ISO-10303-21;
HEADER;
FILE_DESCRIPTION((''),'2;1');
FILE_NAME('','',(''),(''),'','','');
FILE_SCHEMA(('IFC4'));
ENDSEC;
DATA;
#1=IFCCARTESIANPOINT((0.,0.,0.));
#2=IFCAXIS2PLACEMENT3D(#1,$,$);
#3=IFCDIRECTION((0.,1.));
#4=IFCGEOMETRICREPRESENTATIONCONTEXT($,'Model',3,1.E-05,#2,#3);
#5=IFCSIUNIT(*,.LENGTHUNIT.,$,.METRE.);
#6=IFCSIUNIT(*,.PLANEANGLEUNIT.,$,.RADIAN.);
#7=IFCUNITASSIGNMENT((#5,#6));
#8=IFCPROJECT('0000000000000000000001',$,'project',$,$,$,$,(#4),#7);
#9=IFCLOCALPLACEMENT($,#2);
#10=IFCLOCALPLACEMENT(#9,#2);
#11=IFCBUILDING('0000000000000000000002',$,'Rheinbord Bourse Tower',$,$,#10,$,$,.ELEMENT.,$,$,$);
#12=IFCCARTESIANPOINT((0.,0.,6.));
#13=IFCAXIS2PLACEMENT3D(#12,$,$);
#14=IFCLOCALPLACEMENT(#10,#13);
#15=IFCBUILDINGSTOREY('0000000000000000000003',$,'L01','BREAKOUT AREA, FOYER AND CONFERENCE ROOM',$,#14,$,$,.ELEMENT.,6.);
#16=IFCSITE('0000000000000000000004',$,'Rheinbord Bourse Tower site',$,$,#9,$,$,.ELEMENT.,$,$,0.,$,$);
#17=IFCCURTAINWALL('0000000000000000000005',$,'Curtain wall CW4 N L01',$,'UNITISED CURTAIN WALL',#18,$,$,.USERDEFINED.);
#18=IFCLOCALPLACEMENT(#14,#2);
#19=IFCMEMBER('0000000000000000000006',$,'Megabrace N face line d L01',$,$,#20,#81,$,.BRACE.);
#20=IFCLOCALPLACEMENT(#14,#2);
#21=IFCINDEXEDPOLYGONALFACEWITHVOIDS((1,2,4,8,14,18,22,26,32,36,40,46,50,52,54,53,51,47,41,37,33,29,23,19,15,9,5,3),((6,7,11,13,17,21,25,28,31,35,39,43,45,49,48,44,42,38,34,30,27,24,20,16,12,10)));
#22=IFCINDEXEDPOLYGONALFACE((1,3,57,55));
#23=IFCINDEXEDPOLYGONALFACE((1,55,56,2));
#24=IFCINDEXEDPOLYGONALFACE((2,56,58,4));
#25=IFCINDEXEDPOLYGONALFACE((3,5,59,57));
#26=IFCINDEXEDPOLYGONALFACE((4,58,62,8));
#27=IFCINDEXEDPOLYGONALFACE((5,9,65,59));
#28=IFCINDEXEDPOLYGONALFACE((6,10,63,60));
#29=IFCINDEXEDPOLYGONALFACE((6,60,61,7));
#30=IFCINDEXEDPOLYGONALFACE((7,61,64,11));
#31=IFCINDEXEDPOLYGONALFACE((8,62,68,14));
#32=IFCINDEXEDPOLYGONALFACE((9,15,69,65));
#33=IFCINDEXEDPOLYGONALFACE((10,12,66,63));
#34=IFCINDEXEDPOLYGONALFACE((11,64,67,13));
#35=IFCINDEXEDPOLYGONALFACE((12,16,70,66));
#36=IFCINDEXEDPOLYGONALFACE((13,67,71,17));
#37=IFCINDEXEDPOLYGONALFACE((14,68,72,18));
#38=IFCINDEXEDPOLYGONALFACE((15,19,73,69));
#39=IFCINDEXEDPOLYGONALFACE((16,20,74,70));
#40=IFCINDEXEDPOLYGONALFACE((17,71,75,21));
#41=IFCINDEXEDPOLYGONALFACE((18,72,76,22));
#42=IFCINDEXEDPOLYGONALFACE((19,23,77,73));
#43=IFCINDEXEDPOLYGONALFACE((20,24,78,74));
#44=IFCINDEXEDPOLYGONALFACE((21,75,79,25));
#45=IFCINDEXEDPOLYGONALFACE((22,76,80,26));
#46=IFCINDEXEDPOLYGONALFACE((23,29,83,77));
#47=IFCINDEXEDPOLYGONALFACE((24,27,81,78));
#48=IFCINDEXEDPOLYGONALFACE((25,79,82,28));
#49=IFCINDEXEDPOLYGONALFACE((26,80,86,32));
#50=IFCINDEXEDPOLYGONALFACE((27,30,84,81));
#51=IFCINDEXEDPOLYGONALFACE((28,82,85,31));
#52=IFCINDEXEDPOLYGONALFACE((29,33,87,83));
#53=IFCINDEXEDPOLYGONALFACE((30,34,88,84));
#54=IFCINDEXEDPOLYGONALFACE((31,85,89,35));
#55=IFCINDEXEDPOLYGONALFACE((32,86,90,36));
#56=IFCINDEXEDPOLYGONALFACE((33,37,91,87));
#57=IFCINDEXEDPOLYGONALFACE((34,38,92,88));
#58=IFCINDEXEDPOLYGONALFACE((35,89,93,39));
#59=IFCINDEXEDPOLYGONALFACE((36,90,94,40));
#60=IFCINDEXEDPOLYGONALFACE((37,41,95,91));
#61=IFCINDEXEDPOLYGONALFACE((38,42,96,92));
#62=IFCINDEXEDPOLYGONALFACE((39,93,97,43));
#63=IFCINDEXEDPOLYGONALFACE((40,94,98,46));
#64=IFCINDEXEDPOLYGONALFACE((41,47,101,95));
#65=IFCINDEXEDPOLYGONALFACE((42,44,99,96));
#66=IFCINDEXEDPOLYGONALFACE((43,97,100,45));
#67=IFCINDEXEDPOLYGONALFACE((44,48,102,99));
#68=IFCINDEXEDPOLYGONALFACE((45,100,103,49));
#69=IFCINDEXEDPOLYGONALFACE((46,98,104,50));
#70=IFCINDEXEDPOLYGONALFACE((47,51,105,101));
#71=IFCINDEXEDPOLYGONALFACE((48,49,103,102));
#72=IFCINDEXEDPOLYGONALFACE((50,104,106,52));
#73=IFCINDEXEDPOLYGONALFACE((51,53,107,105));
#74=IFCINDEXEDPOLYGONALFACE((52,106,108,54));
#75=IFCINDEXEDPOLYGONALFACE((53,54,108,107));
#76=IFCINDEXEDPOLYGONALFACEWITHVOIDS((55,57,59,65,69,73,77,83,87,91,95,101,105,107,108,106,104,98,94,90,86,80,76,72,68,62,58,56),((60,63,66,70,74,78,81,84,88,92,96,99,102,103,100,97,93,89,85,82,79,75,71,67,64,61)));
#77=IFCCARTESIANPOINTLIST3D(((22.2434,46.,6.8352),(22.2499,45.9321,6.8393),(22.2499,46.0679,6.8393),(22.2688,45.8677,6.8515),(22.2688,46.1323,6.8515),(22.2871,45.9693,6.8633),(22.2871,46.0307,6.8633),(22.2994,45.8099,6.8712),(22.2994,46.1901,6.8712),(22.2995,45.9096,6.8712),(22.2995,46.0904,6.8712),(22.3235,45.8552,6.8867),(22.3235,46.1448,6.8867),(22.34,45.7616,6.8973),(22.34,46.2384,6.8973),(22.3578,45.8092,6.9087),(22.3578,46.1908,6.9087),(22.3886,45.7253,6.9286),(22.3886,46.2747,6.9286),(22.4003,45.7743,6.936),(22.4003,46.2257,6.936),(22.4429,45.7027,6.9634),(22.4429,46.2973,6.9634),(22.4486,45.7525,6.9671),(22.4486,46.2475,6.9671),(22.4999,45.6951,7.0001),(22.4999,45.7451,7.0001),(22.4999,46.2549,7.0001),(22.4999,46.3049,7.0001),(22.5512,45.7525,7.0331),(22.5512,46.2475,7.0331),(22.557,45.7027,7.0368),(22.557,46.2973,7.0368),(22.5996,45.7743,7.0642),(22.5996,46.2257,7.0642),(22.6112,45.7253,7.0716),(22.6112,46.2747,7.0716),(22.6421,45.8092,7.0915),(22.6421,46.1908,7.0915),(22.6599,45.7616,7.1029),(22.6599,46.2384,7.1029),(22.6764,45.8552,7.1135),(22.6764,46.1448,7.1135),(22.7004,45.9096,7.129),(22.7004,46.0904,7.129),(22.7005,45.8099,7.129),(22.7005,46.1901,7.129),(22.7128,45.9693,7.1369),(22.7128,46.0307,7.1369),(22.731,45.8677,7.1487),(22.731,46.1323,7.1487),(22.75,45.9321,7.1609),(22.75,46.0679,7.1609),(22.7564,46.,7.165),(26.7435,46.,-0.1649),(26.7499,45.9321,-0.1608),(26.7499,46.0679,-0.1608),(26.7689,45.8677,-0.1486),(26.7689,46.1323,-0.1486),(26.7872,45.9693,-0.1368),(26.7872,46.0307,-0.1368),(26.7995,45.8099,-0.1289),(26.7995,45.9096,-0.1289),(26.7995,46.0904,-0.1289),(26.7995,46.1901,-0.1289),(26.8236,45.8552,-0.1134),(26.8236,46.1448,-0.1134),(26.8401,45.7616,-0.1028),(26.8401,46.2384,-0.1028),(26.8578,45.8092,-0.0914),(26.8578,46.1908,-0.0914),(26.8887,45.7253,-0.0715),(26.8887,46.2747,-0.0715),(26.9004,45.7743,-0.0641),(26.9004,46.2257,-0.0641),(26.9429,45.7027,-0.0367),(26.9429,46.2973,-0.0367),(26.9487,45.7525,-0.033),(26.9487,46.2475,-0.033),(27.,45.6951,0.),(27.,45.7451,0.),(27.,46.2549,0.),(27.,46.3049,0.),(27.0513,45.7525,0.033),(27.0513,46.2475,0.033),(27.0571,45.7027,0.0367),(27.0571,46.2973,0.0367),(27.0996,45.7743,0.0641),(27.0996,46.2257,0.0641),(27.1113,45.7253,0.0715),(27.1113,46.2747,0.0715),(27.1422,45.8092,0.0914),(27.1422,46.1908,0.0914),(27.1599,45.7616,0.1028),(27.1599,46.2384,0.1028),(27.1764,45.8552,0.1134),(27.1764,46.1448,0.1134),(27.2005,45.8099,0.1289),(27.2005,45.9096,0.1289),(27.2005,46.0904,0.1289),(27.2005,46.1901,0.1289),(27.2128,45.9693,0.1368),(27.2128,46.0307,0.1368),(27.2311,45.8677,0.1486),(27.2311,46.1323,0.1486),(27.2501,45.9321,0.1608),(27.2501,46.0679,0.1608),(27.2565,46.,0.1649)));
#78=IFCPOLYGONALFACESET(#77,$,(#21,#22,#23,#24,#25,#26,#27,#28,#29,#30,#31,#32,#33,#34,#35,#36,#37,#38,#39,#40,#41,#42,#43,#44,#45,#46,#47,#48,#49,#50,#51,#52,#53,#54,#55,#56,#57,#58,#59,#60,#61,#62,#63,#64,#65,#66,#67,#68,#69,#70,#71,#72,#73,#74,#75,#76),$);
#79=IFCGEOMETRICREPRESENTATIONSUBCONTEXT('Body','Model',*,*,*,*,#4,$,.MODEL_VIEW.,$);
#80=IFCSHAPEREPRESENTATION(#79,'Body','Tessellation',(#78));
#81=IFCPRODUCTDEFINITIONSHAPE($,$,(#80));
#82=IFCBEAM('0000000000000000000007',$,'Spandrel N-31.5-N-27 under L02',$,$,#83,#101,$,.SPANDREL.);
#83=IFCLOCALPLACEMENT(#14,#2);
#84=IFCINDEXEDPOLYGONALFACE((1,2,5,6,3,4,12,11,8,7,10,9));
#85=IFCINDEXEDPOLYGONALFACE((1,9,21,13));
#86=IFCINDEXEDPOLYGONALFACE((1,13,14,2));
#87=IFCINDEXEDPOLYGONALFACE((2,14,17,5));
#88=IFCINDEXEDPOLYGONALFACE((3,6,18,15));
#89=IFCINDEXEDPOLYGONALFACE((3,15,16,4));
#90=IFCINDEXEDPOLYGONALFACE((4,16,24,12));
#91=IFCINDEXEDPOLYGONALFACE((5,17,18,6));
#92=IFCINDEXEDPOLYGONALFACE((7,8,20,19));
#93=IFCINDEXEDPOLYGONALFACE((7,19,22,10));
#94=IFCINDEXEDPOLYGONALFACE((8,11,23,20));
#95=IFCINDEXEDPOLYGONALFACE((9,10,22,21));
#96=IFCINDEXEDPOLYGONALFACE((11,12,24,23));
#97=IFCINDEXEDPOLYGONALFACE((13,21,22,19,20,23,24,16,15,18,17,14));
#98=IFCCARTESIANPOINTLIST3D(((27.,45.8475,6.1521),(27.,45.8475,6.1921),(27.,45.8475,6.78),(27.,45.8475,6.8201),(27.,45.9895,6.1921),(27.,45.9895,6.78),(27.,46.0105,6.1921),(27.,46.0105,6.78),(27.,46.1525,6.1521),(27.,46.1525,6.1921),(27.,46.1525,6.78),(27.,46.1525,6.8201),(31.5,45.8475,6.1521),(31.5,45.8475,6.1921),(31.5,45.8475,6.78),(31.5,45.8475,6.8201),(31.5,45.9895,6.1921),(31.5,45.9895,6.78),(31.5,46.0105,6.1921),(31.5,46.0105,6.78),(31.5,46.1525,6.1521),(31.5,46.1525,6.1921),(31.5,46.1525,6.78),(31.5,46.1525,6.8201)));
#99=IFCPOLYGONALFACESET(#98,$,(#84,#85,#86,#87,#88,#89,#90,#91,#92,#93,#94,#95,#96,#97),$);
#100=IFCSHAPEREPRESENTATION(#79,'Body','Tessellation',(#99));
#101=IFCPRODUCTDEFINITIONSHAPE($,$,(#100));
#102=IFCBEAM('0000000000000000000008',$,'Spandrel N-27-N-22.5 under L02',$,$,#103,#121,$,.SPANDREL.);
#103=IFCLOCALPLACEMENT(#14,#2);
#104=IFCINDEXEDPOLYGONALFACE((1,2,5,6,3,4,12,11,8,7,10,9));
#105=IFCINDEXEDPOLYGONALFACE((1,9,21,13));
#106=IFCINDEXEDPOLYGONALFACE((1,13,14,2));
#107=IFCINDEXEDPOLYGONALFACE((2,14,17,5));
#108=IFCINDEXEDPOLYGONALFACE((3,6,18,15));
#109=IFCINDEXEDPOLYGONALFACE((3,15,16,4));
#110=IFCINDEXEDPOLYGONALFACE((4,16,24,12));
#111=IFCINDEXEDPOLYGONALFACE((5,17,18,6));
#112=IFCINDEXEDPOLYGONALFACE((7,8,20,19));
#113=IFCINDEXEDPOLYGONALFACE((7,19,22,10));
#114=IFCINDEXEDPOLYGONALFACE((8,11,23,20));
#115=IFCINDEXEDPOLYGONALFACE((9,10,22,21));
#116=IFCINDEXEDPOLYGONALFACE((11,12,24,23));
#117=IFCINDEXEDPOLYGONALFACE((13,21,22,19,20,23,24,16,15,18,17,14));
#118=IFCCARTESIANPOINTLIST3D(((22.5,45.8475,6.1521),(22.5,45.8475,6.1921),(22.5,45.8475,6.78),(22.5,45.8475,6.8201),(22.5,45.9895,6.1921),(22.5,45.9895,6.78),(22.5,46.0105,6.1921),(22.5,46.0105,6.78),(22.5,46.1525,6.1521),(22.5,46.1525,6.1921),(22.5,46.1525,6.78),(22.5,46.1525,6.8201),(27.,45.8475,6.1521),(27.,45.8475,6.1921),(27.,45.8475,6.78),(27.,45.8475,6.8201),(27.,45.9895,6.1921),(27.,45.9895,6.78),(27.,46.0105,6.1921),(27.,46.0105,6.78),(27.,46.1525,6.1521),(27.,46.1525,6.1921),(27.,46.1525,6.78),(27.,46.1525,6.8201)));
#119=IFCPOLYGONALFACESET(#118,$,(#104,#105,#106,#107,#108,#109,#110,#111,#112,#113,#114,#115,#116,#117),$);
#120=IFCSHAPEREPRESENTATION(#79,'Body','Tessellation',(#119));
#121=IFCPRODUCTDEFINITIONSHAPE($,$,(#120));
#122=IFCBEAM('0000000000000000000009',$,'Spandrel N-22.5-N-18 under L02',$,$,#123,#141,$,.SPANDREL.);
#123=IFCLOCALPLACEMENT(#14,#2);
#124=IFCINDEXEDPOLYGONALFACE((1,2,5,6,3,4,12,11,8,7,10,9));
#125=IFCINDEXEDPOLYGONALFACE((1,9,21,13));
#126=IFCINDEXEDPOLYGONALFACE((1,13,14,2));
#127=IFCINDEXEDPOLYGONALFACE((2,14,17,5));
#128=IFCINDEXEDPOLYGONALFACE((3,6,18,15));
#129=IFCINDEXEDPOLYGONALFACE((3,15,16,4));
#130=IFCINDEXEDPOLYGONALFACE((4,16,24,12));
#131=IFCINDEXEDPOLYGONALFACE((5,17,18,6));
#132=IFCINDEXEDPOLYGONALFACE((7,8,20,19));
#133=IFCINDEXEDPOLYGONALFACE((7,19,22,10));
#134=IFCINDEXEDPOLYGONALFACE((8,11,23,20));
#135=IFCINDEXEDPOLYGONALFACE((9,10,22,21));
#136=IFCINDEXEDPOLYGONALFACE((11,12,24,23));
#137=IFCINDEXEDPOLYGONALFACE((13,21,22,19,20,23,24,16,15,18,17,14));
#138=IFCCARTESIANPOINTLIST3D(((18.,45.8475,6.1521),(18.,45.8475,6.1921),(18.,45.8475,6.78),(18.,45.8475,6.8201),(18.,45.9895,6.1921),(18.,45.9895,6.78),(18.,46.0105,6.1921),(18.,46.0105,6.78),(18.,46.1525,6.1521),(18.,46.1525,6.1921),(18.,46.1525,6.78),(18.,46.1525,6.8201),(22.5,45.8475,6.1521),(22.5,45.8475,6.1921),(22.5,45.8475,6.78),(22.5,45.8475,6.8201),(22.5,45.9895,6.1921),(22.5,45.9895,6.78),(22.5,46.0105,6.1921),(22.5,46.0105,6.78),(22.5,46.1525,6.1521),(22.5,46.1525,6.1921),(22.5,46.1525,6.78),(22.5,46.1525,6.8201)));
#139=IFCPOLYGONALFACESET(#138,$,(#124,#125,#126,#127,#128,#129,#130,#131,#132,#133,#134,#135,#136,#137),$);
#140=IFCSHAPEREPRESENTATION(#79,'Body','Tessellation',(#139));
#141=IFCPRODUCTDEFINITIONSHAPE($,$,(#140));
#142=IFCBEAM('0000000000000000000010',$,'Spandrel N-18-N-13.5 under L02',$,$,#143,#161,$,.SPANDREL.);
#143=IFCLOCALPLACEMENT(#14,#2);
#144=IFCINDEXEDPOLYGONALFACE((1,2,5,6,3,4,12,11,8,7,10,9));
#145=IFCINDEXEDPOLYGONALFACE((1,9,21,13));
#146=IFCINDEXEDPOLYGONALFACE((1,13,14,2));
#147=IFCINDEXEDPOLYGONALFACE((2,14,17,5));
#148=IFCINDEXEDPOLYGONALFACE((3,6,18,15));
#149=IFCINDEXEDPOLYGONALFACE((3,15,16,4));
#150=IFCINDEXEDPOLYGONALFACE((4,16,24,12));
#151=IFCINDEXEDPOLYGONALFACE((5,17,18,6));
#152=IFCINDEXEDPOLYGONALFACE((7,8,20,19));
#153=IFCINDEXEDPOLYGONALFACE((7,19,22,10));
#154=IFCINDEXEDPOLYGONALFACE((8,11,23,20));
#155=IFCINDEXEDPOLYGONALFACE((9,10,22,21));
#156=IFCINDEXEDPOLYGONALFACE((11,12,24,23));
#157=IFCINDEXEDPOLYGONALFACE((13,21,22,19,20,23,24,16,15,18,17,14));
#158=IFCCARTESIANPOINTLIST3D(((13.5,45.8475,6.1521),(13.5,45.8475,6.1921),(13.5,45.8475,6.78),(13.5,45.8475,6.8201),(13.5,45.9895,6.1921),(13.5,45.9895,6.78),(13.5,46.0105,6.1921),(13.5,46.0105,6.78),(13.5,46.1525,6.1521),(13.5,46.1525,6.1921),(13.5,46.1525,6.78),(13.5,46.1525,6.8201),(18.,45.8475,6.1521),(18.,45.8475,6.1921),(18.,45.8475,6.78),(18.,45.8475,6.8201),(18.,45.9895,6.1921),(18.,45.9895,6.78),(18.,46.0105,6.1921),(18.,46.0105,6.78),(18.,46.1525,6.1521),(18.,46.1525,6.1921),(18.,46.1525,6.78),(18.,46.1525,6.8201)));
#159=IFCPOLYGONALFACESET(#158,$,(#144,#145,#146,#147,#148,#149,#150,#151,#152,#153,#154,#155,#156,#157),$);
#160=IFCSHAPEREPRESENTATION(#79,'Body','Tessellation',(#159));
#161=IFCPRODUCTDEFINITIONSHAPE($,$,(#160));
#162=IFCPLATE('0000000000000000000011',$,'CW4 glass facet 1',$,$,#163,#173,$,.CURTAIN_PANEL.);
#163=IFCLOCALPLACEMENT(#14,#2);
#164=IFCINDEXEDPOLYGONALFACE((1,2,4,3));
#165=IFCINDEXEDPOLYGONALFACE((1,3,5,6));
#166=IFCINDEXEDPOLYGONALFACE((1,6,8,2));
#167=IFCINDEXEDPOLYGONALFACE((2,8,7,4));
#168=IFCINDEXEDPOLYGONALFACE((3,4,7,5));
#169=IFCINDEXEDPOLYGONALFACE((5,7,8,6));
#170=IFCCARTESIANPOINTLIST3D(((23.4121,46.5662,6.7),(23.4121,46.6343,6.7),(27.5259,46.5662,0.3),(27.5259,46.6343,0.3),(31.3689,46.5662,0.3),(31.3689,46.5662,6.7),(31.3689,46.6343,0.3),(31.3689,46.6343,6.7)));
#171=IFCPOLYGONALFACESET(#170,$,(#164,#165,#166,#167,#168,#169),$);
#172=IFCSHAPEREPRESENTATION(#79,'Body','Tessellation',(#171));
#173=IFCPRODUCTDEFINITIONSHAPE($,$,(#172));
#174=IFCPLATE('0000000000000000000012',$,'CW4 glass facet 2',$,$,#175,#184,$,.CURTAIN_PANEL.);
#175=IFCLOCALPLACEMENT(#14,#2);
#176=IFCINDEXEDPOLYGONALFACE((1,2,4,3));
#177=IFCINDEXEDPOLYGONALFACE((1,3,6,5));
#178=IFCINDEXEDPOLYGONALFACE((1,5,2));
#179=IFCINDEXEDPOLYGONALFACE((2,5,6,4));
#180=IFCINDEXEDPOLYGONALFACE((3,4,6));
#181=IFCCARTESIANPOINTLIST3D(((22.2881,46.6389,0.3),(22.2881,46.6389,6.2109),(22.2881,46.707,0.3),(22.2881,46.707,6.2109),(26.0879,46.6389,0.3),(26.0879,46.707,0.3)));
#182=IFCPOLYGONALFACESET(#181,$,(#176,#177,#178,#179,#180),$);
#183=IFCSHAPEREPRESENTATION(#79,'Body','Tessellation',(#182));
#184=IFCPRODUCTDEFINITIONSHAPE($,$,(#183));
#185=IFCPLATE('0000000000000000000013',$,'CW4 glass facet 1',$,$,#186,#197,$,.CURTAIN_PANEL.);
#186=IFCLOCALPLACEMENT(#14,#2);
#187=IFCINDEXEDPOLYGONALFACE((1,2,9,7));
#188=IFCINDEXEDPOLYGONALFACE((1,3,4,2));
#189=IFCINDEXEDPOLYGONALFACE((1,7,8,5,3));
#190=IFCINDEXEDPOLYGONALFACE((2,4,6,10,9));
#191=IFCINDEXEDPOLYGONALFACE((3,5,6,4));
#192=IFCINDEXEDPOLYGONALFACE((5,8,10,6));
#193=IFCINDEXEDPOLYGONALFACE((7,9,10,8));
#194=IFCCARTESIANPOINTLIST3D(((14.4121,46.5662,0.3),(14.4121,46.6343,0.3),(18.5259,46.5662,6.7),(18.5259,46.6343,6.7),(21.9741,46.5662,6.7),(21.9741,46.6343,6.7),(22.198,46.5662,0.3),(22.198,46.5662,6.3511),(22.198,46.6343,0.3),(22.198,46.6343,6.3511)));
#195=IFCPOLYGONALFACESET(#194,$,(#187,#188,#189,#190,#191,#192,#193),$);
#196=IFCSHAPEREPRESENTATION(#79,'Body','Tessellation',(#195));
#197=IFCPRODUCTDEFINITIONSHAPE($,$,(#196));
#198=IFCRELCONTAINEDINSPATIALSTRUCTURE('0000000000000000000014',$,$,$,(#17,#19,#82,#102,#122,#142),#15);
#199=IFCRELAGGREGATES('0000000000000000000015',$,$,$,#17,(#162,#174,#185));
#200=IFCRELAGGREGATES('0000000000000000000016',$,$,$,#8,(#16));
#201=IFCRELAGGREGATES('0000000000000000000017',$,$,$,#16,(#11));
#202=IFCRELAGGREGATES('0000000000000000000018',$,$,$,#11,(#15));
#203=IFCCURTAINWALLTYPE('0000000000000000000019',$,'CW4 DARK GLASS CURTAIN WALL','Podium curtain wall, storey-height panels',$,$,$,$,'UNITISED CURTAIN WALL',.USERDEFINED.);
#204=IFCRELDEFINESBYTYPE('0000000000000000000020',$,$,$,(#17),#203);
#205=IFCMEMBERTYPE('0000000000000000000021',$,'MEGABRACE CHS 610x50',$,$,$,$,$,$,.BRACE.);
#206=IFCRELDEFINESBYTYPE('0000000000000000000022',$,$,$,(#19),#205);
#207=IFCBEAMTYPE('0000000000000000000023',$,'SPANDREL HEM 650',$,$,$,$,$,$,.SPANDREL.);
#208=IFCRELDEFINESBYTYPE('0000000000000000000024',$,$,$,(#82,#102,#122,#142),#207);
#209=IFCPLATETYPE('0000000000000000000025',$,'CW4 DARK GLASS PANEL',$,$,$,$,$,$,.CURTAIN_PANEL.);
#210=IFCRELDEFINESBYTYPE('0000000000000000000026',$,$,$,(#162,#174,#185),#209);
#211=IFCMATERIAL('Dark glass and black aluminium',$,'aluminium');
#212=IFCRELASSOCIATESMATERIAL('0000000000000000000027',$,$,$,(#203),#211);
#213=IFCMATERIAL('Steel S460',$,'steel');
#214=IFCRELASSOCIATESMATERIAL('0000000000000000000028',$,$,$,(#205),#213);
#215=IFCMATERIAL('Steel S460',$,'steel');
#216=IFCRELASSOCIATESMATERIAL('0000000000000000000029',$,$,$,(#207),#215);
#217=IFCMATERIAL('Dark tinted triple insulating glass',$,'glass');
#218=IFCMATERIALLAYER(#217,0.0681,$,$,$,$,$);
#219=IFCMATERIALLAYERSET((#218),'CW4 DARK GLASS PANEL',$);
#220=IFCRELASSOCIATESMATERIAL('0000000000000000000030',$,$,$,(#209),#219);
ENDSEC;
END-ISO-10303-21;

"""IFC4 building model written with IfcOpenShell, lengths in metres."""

from ifc_helpers import new_model, si_unit, direction, frame, origin, origin_2d, place, context, subcontext, project, spatial, polyline, hollow_circle, i_section, outline, extrude, material, layer, layer_set, material_profile, profile_set, type_object, element, aggregate, save


model = new_model("IFC4")

# Units and contexts
model_context = context("Model", 3, precision=1e-05, world=origin(), true_north=direction((0.0, 1.0)))
body_context = subcontext(model_context, "Body", "Model", "MODEL_VIEW")
ifc_project = project(units=[si_unit("LENGTHUNIT", "METRE"), si_unit("PLANEANGLEUNIT", "RADIAN")], contexts=[model_context])

# Site, building, storey
site_placement = place(None, origin())
site = spatial("IfcSite", under=ifc_project, at=site_placement, Name="Rheinbord Bourse Tower site", CompositionType="ELEMENT", RefElevation=0.0)
building_placement = place(site_placement, origin())
building = spatial("IfcBuilding", under=site, at=building_placement, Name="Rheinbord Bourse Tower", CompositionType="ELEMENT")
storey_placement = place(building_placement, frame((0.0, 0.0, 6.0)))
storey = spatial("IfcBuildingStorey", under=building, at=storey_placement, Name="L01", Description="BREAKOUT AREA, FOYER AND CONFERENCE ROOM", CompositionType="ELEMENT", Elevation=6.0)

# Curtain wall
ifc_material_1 = material(Name="Dark glass and black aluminium", Category="aluminium")
curtain_wall_type = type_object("IfcCurtainWallType", Name="CW4 DARK GLASS CURTAIN WALL", Description="Podium curtain wall, storey-height panels", ElementType="UNITISED CURTAIN WALL", PredefinedType="USERDEFINED", material=ifc_material_1)
curtain_wall_placement = place(storey_placement, origin())
curtain_wall = element("IfcCurtainWall", 1, at=curtain_wall_placement, inside=storey, type_object=curtain_wall_type, Name="Curtain wall CW4 N L01", ObjectType="UNITISED CURTAIN WALL", PredefinedType="USERDEFINED")

# Member
ifc_material_2 = material(Name="Steel S460", Category="steel")
ifc_material_profile_1 = material_profile(ifc_material_2, hollow_circle(Radius=0.3049, WallThickness=0.05, at=origin_2d()), Name="CHS 610x50")
ifc_profile_set_1 = profile_set([ifc_material_profile_1], Name="Steel S460")
member_type_1 = type_object("IfcMemberType", Name="MEGABRACE CHS 610x50", PredefinedType="BRACE", material=ifc_profile_set_1)
member_1_placement = place(storey_placement, frame((27.0, 46.0, 0.0), z_axis=(-0.540758, 0.0, 0.841178), x_axis=(0.0, -1.0, 0.0)))
element("IfcMember", 2, at=member_1_placement, inside=storey, type_object=member_type_1, Name="Megabrace N face line d L01", PredefinedType="BRACE", context=body_context, shape_type="SweptSolid", body=[
    extrude(hollow_circle(Radius=0.3049, WallThickness=0.05, at=origin_2d()), origin(), (0.0, 0.0, 1.0), 8.3218),
])

# Beams
ifc_material_3 = material(Name="Steel S460", Category="steel")
ifc_material_profile_2 = material_profile(ifc_material_3, i_section(OverallWidth=0.3049, OverallDepth=0.668, WebThickness=0.021, FlangeThickness=0.04, at=origin_2d()), Name="HEM 650")
ifc_profile_set_2 = profile_set([ifc_material_profile_2], Name="Steel S460")
beam_type_1 = type_object("IfcBeamType", Name="SPANDREL HEM 650", PredefinedType="SPANDREL", material=ifc_profile_set_2)
for number, where, z_axis, x_axis, name in (
    (3, (31.5, 46.0, 6.4861), (-1.0, 0.0, 0.0), (0.0, -1.0, 0.0), "Spandrel N-31.5-N-27 under L02"),
    (4, (27.0, 46.0, 6.4861), (-1.0, 0.0, 0.0), (0.0, -1.0, 0.0), "Spandrel N-27-N-22.5 under L02"),
    (5, (22.5, 46.0, 6.4861), (-1.0, 0.0, 0.0), (0.0, -1.0, 0.0), "Spandrel N-22.5-N-18 under L02"),
    (6, (18.0, 46.0, 6.4861), (-1.0, 0.0, 0.0), (0.0, -1.0, 0.0), "Spandrel N-18-N-13.5 under L02"),
):
    element("IfcBeam", number, at=place(storey_placement, frame(where, z_axis=z_axis, x_axis=x_axis)), inside=storey, type_object=beam_type_1, Name=name, PredefinedType="SPANDREL", context=body_context, shape_type="SweptSolid", body=[
        extrude(i_section(OverallWidth=0.3049, OverallDepth=0.668, WebThickness=0.021, FlangeThickness=0.04, at=origin_2d()), origin(), (0.0, 0.0, 1.0), 4.5),
    ])

# Plates
ifc_material_4 = material(Name="Dark tinted triple insulating glass", Category="glass")
ifc_layer_1 = layer(ifc_material_4, 0.0681)
ifc_layer_set_1 = layer_set([ifc_layer_1], Name="CW4 DARK GLASS PANEL")
plate_type = type_object("IfcPlateType", Name="CW4 DARK GLASS PANEL", PredefinedType="CURTAIN_PANEL", material=ifc_layer_set_1)
plate_1_placement = place(storey_placement, frame((31.3689, 46.6343, 0.3), z_axis=(0.0, -1.0, 0.0), x_axis=(0.0, 0.0, 1.0)))
plate_1 = element("IfcPlate", 7, at=plate_1_placement, type_object=plate_type, Name="CW4 glass facet 1", PredefinedType="CURTAIN_PANEL", context=body_context, shape_type="SweptSolid", body=[
    extrude(outline(polyline([(0.0, 0.0), (6.3999, 0.0), (6.3999, 7.9568), (0.0, 3.843), (0.0, 0.0)])), origin(), (0.0, 0.0, 1.0), 0.0681),
])
plate_2_placement = place(storey_placement, frame((22.2881, 46.707, 0.3), z_axis=(0.0, -1.0, 0.0), x_axis=(1.0, 0.0, 0.0)))
plate_2 = element("IfcPlate", 8, at=plate_2_placement, type_object=plate_type, Name="CW4 glass facet 2", PredefinedType="CURTAIN_PANEL", context=body_context, shape_type="SweptSolid", body=[
    extrude(outline(polyline([(0.0, 0.0), (3.7998, 0.0), (0.0, 5.9109), (0.0, 0.0)])), origin(), (0.0, 0.0, 1.0), 0.0681),
])
plate_3_placement = place(storey_placement, frame((22.198, 46.6343, 0.3), z_axis=(0.0, -1.0, 0.0), x_axis=(0.0, 0.0, 1.0)))
plate_3 = element("IfcPlate", 9, at=plate_3_placement, type_object=plate_type, Name="CW4 glass facet 1", PredefinedType="CURTAIN_PANEL", context=body_context, shape_type="SweptSolid", body=[
    extrude(outline(polyline([(0.0, 0.0), (6.051, 0.0), (6.3999, 0.2239), (6.3999, 3.6721), (0.0, 7.7859), (0.0, 0.0)])), origin(), (0.0, 0.0, 1.0), 0.0681),
])
aggregate(curtain_wall, [plate_1, plate_2, plate_3])

save(model, "model.ifc")
